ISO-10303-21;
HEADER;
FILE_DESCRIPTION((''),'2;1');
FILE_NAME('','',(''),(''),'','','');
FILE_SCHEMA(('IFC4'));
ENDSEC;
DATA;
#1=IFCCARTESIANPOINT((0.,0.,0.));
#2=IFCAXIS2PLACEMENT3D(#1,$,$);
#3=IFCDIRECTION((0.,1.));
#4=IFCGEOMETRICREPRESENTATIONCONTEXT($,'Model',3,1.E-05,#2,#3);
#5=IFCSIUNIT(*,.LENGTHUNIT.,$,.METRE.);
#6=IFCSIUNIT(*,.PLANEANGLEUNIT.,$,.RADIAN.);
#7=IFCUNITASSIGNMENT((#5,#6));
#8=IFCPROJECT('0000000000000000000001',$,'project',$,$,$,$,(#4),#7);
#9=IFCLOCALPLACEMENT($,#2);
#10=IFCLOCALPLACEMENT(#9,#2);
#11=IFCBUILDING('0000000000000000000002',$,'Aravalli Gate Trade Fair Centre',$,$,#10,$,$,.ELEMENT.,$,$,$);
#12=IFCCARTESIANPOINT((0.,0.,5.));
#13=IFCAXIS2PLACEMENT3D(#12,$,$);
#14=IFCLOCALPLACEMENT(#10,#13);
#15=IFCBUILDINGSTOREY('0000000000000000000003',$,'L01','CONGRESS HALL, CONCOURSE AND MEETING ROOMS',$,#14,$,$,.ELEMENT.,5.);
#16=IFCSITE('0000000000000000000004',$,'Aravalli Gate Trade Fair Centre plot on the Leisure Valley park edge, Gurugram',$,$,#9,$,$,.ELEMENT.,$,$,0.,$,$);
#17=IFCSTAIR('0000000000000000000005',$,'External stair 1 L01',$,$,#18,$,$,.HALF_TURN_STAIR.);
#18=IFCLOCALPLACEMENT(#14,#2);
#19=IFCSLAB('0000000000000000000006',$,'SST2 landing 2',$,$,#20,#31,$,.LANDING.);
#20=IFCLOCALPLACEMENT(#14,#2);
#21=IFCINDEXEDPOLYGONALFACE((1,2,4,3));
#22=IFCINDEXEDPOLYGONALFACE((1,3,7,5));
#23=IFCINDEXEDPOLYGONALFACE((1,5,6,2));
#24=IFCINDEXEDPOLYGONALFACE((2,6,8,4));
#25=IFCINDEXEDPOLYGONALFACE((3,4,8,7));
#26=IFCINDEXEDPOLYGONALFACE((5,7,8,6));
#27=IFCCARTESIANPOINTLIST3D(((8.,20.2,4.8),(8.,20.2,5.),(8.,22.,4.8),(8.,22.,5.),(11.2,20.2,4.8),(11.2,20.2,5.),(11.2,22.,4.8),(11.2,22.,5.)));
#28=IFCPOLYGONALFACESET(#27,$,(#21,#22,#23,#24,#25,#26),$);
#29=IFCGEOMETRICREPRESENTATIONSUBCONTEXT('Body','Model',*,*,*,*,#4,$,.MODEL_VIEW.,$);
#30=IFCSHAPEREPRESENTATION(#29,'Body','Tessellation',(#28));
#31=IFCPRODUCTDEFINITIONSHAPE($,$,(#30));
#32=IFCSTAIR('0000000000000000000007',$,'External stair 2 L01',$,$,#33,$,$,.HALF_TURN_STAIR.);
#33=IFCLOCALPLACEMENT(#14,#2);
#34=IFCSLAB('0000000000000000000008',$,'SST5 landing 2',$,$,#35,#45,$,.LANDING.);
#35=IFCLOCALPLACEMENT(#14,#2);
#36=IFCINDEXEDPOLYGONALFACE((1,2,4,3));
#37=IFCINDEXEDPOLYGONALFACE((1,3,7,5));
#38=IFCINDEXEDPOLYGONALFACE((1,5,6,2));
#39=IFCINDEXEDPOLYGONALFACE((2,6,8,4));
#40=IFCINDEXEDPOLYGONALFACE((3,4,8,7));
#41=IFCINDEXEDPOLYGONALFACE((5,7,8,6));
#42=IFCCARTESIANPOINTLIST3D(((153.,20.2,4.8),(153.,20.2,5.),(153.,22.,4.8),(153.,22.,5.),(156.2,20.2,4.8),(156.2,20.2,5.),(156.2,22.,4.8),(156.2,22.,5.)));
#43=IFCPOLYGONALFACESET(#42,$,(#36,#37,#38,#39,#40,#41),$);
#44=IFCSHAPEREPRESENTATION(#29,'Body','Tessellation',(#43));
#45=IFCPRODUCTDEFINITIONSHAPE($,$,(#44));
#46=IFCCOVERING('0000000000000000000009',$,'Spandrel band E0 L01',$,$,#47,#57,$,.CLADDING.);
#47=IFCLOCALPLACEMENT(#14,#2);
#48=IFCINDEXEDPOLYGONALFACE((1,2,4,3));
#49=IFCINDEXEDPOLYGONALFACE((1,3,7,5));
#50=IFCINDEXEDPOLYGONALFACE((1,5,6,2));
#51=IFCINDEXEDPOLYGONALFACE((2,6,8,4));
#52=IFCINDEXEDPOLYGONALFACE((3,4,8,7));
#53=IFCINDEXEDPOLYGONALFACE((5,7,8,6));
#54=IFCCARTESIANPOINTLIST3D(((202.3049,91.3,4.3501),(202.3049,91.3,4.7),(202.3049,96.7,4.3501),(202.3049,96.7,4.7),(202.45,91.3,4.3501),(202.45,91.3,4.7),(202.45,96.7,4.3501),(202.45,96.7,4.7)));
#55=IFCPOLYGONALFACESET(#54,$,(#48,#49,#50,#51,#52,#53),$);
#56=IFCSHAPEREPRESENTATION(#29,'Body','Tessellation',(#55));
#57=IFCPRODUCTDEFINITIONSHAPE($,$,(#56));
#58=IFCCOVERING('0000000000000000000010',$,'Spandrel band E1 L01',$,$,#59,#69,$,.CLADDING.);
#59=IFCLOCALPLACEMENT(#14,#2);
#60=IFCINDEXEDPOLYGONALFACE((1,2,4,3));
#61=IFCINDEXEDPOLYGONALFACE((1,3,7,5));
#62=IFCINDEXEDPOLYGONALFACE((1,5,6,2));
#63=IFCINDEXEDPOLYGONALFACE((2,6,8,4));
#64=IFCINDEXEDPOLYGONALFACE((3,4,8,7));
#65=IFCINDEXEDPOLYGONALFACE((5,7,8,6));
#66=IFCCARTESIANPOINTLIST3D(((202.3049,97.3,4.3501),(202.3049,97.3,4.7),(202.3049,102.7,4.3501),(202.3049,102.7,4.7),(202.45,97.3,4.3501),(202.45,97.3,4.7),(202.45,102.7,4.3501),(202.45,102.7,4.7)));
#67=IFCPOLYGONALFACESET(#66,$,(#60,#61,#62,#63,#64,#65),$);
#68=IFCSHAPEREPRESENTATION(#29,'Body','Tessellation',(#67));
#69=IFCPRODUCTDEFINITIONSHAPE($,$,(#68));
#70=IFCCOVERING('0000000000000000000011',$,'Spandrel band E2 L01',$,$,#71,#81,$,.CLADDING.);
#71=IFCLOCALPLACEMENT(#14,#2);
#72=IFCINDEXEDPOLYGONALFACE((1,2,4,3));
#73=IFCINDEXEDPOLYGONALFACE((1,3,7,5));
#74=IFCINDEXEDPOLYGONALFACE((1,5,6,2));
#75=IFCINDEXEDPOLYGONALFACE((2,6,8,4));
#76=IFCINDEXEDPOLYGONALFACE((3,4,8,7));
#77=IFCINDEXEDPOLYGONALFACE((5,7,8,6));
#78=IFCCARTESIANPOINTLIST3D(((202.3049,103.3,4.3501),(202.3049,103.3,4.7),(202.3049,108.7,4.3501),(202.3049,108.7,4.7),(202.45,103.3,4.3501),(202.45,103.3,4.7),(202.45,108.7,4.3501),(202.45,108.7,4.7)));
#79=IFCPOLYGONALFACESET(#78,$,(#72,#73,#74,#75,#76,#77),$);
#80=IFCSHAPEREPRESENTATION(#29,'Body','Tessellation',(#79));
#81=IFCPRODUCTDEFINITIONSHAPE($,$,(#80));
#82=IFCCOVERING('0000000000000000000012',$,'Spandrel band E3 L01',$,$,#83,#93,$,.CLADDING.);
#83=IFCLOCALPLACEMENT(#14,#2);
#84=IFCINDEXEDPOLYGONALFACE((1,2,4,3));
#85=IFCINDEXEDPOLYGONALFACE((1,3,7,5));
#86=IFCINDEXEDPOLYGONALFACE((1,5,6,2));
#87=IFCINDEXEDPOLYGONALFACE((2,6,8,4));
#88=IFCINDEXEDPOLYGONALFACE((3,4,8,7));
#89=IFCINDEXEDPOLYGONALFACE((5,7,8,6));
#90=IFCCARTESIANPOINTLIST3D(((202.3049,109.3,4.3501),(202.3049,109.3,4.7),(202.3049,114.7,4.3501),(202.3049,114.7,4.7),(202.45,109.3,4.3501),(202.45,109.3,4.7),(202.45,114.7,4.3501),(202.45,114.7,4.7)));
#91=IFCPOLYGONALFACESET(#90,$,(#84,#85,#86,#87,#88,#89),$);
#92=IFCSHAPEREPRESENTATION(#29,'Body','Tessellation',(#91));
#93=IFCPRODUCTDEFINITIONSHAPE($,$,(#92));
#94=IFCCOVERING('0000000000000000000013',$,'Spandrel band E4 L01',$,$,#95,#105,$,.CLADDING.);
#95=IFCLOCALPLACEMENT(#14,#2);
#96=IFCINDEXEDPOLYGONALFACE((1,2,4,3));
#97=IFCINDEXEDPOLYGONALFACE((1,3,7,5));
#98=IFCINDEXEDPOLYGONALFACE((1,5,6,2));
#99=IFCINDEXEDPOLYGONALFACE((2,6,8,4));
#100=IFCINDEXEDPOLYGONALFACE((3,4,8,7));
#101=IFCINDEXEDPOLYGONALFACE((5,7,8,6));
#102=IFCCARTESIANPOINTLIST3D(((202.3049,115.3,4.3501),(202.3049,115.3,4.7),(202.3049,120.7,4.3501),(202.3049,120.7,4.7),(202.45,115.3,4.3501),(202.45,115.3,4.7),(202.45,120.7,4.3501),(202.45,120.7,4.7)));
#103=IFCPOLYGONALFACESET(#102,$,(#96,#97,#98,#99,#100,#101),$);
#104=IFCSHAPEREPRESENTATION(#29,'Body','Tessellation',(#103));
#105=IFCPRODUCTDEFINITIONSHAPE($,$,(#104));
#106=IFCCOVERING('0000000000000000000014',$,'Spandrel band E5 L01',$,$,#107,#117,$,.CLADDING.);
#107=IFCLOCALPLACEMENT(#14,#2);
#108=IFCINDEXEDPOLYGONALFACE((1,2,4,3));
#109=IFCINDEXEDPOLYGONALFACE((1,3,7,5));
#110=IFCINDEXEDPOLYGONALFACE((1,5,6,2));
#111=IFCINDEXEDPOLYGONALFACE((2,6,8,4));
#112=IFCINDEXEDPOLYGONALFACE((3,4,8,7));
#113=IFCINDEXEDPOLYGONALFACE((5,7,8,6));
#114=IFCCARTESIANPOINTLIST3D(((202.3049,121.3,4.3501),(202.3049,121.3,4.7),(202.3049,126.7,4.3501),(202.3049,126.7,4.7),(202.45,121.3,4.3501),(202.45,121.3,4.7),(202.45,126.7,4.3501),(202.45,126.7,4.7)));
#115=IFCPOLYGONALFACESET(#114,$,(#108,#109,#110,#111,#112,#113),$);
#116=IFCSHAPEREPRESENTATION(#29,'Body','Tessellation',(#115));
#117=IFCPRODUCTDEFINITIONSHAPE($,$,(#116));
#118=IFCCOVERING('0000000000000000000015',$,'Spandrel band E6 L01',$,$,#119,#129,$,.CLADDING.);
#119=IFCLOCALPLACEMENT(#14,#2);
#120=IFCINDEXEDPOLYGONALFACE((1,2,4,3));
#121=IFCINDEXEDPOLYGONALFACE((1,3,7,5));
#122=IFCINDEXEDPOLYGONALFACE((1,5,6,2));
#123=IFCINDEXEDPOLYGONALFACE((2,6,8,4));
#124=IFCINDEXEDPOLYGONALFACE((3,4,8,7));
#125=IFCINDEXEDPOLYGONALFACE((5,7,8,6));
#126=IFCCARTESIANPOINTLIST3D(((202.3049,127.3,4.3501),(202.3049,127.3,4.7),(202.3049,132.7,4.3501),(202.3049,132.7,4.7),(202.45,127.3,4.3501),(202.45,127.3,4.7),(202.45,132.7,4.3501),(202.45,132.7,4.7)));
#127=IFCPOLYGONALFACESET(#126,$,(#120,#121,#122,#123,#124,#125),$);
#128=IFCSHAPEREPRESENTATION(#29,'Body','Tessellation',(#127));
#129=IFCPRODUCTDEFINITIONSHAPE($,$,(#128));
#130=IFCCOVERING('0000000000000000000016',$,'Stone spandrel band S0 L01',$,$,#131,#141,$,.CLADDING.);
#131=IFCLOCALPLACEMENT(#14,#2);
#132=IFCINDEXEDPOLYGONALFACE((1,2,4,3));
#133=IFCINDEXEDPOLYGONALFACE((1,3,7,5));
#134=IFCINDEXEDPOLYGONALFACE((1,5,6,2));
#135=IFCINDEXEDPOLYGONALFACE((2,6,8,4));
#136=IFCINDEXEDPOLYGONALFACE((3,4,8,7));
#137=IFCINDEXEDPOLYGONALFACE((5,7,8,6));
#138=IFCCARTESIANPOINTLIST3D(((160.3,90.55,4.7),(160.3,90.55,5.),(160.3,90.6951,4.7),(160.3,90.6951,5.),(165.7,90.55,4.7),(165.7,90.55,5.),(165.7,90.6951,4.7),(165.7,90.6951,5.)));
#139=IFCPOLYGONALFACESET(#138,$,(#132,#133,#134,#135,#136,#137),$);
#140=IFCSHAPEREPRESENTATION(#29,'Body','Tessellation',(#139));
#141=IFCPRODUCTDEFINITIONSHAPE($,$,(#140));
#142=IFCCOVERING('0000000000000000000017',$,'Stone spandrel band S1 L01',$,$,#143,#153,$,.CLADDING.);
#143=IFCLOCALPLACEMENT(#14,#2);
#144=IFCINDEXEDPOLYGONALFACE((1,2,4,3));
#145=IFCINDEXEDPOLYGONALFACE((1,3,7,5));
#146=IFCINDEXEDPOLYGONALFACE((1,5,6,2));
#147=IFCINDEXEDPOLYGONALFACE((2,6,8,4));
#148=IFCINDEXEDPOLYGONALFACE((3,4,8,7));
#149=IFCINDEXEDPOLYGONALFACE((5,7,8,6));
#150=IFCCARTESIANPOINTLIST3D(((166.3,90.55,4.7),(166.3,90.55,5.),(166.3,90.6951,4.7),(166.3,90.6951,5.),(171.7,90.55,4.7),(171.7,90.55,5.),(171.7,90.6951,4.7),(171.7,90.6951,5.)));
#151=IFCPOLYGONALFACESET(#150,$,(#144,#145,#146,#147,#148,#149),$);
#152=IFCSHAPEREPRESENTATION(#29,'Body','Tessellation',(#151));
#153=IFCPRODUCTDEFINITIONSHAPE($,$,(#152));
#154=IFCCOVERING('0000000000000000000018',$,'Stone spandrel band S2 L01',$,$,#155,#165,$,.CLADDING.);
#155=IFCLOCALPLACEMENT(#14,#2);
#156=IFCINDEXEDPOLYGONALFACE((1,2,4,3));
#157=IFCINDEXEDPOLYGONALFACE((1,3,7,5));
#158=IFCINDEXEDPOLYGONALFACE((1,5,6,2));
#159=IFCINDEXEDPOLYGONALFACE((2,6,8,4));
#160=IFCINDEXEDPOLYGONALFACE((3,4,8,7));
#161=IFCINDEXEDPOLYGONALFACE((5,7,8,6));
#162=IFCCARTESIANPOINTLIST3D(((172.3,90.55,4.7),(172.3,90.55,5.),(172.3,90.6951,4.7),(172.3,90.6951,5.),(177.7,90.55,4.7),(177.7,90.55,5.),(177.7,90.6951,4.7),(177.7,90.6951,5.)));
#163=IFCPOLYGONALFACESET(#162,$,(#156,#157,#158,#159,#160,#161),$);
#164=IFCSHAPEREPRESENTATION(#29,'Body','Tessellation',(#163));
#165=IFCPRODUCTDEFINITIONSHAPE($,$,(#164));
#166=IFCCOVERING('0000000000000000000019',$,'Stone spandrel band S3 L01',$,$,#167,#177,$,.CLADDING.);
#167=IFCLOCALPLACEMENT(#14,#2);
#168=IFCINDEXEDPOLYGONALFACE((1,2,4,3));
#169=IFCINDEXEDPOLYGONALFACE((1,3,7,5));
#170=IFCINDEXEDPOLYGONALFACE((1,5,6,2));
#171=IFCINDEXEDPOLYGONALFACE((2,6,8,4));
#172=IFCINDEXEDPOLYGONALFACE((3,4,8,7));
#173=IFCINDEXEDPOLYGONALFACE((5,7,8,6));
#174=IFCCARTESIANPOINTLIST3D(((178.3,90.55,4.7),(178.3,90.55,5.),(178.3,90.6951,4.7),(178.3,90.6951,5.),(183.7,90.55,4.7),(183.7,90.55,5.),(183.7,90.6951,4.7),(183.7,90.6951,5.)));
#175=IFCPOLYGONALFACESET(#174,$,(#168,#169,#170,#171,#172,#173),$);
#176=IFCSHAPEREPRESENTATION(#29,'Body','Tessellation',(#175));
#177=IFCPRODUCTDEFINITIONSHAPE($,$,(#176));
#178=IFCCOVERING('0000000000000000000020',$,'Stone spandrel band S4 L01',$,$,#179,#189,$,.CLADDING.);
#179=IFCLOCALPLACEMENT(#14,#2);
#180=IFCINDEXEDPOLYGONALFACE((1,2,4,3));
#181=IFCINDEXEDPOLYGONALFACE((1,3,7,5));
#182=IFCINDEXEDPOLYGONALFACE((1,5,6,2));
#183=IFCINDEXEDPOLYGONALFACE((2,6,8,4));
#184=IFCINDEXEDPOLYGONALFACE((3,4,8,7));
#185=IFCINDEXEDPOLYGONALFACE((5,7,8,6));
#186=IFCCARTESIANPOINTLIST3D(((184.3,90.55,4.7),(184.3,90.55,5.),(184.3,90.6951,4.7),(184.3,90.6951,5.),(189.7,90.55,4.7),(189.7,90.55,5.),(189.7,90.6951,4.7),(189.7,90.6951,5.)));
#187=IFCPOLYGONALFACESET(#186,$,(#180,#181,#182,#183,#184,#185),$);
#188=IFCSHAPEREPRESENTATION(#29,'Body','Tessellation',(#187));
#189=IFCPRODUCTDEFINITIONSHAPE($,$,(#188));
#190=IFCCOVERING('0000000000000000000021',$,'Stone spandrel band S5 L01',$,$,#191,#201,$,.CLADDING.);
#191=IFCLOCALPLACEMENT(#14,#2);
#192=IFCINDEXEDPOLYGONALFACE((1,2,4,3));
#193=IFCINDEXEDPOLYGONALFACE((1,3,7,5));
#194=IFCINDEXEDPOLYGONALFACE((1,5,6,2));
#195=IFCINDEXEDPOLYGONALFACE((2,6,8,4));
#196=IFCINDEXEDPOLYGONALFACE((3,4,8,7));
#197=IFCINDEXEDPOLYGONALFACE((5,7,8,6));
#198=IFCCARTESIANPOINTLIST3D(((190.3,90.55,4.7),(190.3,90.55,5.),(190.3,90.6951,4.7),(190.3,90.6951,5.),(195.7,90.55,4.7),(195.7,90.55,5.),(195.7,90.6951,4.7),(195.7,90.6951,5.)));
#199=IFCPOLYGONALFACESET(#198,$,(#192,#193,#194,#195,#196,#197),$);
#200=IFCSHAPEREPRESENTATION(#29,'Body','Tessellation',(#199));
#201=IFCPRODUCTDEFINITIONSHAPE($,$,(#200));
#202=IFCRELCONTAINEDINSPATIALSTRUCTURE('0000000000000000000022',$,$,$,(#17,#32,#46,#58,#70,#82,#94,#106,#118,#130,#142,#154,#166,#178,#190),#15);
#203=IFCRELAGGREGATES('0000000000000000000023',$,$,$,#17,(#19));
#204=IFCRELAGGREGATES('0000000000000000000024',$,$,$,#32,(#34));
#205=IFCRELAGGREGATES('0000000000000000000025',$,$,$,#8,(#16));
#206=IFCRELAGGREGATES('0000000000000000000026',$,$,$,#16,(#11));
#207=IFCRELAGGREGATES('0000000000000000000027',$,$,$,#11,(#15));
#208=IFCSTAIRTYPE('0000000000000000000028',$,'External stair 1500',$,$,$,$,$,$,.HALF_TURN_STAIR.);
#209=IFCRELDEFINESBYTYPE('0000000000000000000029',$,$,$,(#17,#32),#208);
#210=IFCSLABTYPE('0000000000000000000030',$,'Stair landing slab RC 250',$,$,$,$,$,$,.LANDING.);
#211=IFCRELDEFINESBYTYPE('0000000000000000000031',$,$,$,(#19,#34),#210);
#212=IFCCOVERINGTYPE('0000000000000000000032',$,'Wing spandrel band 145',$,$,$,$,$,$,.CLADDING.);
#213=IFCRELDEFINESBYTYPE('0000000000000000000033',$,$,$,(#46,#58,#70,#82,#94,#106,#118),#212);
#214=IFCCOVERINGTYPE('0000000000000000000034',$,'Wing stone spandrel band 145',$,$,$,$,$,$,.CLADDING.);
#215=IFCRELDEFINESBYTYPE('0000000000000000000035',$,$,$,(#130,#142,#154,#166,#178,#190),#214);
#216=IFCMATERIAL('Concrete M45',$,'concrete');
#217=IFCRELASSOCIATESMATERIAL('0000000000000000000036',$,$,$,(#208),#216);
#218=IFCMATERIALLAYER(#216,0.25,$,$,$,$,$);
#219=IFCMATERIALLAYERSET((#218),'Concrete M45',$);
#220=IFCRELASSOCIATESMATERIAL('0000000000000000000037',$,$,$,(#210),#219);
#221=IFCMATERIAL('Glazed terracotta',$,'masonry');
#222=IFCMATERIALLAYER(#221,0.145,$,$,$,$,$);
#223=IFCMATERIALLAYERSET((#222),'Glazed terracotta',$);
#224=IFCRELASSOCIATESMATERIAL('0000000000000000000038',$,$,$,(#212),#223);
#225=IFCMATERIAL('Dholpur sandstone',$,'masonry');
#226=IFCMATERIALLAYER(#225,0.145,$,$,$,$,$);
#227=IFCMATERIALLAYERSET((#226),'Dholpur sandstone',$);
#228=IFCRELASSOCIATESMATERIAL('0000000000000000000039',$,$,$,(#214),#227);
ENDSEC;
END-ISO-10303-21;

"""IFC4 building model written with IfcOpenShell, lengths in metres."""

from ifc_helpers import new_model, si_unit, direction, frame, origin, place, context, subcontext, project, spatial, polyline, outline, extrude, material, layer, layer_set, type_object, element, aggregate, save


model = new_model("IFC4")

# Units and contexts
model_context = context("Model", 3, precision=1e-05, world=origin(), true_north=direction((0.0, 1.0)))
body_context = subcontext(model_context, "Body", "Model", "MODEL_VIEW")
ifc_project = project(units=[si_unit("LENGTHUNIT", "METRE"), si_unit("PLANEANGLEUNIT", "RADIAN")], contexts=[model_context])

# Site, building, storey
site_placement = place(None, origin())
site = spatial("IfcSite", under=ifc_project, at=site_placement, Name="Aravalli Gate Trade Fair Centre plot on the Leisure Valley park edge, Gurugram", CompositionType="ELEMENT", RefElevation=0.0)
building_placement = place(site_placement, origin())
building = spatial("IfcBuilding", under=site, at=building_placement, Name="Aravalli Gate Trade Fair Centre", CompositionType="ELEMENT")
storey_placement = place(building_placement, frame((0.0, 0.0, 5.0)))
storey = spatial("IfcBuildingStorey", under=building, at=storey_placement, Name="L01", Description="CONGRESS HALL, CONCOURSE AND MEETING ROOMS", CompositionType="ELEMENT", Elevation=5.0)

# Stairs, slabs
ifc_material_1 = material(Name="Concrete M45", Category="concrete")
stair_type = type_object("IfcStairType", Name="External stair 1500", PredefinedType="HALF_TURN_STAIR", material=ifc_material_1)
stair_1_placement = place(storey_placement, origin())
stair_1 = element("IfcStair", 1, at=stair_1_placement, inside=storey, type_object=stair_type, Name="External stair 1 L01", PredefinedType="HALF_TURN_STAIR")
ifc_layer_1 = layer(ifc_material_1, 0.25)
ifc_layer_set_1 = layer_set([ifc_layer_1], Name="Concrete M45")
slab_type = type_object("IfcSlabType", Name="Stair landing slab RC 250", PredefinedType="LANDING", material=ifc_layer_set_1)
slab_1_placement = place(storey_placement, frame((0.0, 0.0, 4.8)))
slab_1 = element("IfcSlab", 2, at=slab_1_placement, type_object=slab_type, Name="SST2 landing 2", PredefinedType="LANDING", context=body_context, shape_type="SweptSolid", body=[
    extrude(outline(polyline([(8.0, 20.2), (11.2, 20.2), (11.2, 22.0), (8.0, 22.0), (8.0, 20.2)])), origin(), (0.0, 0.0, 1.0), 0.2),
])
aggregate(stair_1, [slab_1])
stair_2_placement = place(storey_placement, origin())
stair_2 = element("IfcStair", 3, at=stair_2_placement, inside=storey, type_object=stair_type, Name="External stair 2 L01", PredefinedType="HALF_TURN_STAIR")
slab_2_placement = place(storey_placement, frame((0.0, 0.0, 4.8)))
slab_2 = element("IfcSlab", 4, at=slab_2_placement, type_object=slab_type, Name="SST5 landing 2", PredefinedType="LANDING", context=body_context, shape_type="SweptSolid", body=[
    extrude(outline(polyline([(153.0, 20.2), (156.2, 20.2), (156.2, 22.0), (153.0, 22.0), (153.0, 20.2)])), origin(), (0.0, 0.0, 1.0), 0.2),
])
aggregate(stair_2, [slab_2])

# Coverings
ifc_material_2 = material(Name="Glazed terracotta", Category="masonry")
ifc_layer_2 = layer(ifc_material_2, 0.145)
ifc_layer_set_2 = layer_set([ifc_layer_2], Name="Glazed terracotta")
covering_type_1 = type_object("IfcCoveringType", Name="Wing spandrel band 145", PredefinedType="CLADDING", material=ifc_layer_set_2)
covering_1_placement = place(storey_placement, frame((0.0, 0.0, 4.3501)))
element("IfcCovering", 5, at=covering_1_placement, inside=storey, type_object=covering_type_1, Name="Spandrel band E0 L01", PredefinedType="CLADDING", context=body_context, shape_type="SweptSolid", body=[
    extrude(outline(polyline([(202.3049, 91.3), (202.45, 91.3), (202.45, 96.7), (202.3049, 96.7), (202.3049, 91.3)])), origin(), (0.0, 0.0, 1.0), 0.3499),
])
covering_2_placement = place(storey_placement, frame((0.0, 0.0, 4.3501)))
element("IfcCovering", 6, at=covering_2_placement, inside=storey, type_object=covering_type_1, Name="Spandrel band E1 L01", PredefinedType="CLADDING", context=body_context, shape_type="SweptSolid", body=[
    extrude(outline(polyline([(202.3049, 97.3), (202.45, 97.3), (202.45, 102.7), (202.3049, 102.7), (202.3049, 97.3)])), origin(), (0.0, 0.0, 1.0), 0.3499),
])
covering_3_placement = place(storey_placement, frame((0.0, 0.0, 4.3501)))
element("IfcCovering", 7, at=covering_3_placement, inside=storey, type_object=covering_type_1, Name="Spandrel band E2 L01", PredefinedType="CLADDING", context=body_context, shape_type="SweptSolid", body=[
    extrude(outline(polyline([(202.3049, 103.3), (202.45, 103.3), (202.45, 108.7), (202.3049, 108.7), (202.3049, 103.3)])), origin(), (0.0, 0.0, 1.0), 0.3499),
])
covering_4_placement = place(storey_placement, frame((0.0, 0.0, 4.3501)))
element("IfcCovering", 8, at=covering_4_placement, inside=storey, type_object=covering_type_1, Name="Spandrel band E3 L01", PredefinedType="CLADDING", context=body_context, shape_type="SweptSolid", body=[
    extrude(outline(polyline([(202.3049, 109.3), (202.45, 109.3), (202.45, 114.7), (202.3049, 114.7), (202.3049, 109.3)])), origin(), (0.0, 0.0, 1.0), 0.3499),
])
covering_5_placement = place(storey_placement, frame((0.0, 0.0, 4.3501)))
element("IfcCovering", 9, at=covering_5_placement, inside=storey, type_object=covering_type_1, Name="Spandrel band E4 L01", PredefinedType="CLADDING", context=body_context, shape_type="SweptSolid", body=[
    extrude(outline(polyline([(202.3049, 115.3), (202.45, 115.3), (202.45, 120.7), (202.3049, 120.7), (202.3049, 115.3)])), origin(), (0.0, 0.0, 1.0), 0.3499),
])
covering_6_placement = place(storey_placement, frame((0.0, 0.0, 4.3501)))
element("IfcCovering", 10, at=covering_6_placement, inside=storey, type_object=covering_type_1, Name="Spandrel band E5 L01", PredefinedType="CLADDING", context=body_context, shape_type="SweptSolid", body=[
    extrude(outline(polyline([(202.3049, 121.3), (202.45, 121.3), (202.45, 126.7), (202.3049, 126.7), (202.3049, 121.3)])), origin(), (0.0, 0.0, 1.0), 0.3499),
])
covering_7_placement = place(storey_placement, frame((0.0, 0.0, 4.3501)))
element("IfcCovering", 11, at=covering_7_placement, inside=storey, type_object=covering_type_1, Name="Spandrel band E6 L01", PredefinedType="CLADDING", context=body_context, shape_type="SweptSolid", body=[
    extrude(outline(polyline([(202.3049, 127.3), (202.45, 127.3), (202.45, 132.7), (202.3049, 132.7), (202.3049, 127.3)])), origin(), (0.0, 0.0, 1.0), 0.3499),
])
ifc_material_3 = material(Name="Dholpur sandstone", Category="masonry")
ifc_layer_3 = layer(ifc_material_3, 0.145)
ifc_layer_set_3 = layer_set([ifc_layer_3], Name="Dholpur sandstone")
covering_type_2 = type_object("IfcCoveringType", Name="Wing stone spandrel band 145", PredefinedType="CLADDING", material=ifc_layer_set_3)
covering_8_placement = place(storey_placement, frame((0.0, 0.0, 4.7)))
element("IfcCovering", 12, at=covering_8_placement, inside=storey, type_object=covering_type_2, Name="Stone spandrel band S0 L01", PredefinedType="CLADDING", context=body_context, shape_type="SweptSolid", body=[
    extrude(outline(polyline([(160.3, 90.55), (165.7, 90.55), (165.7, 90.6951), (160.3, 90.6951), (160.3, 90.55)])), origin(), (0.0, 0.0, 1.0), 0.3),
])
covering_9_placement = place(storey_placement, frame((0.0, 0.0, 4.7)))
element("IfcCovering", 13, at=covering_9_placement, inside=storey, type_object=covering_type_2, Name="Stone spandrel band S1 L01", PredefinedType="CLADDING", context=body_context, shape_type="SweptSolid", body=[
    extrude(outline(polyline([(166.3, 90.55), (171.7, 90.55), (171.7, 90.6951), (166.3, 90.6951), (166.3, 90.55)])), origin(), (0.0, 0.0, 1.0), 0.3),
])
covering_10_placement = place(storey_placement, frame((0.0, 0.0, 4.7)))
element("IfcCovering", 14, at=covering_10_placement, inside=storey, type_object=covering_type_2, Name="Stone spandrel band S2 L01", PredefinedType="CLADDING", context=body_context, shape_type="SweptSolid", body=[
    extrude(outline(polyline([(172.3, 90.55), (177.7, 90.55), (177.7, 90.6951), (172.3, 90.6951), (172.3, 90.55)])), origin(), (0.0, 0.0, 1.0), 0.3),
])
covering_11_placement = place(storey_placement, frame((0.0, 0.0, 4.7)))
element("IfcCovering", 15, at=covering_11_placement, inside=storey, type_object=covering_type_2, Name="Stone spandrel band S3 L01", PredefinedType="CLADDING", context=body_context, shape_type="SweptSolid", body=[
    extrude(outline(polyline([(178.3, 90.55), (183.7, 90.55), (183.7, 90.6951), (178.3, 90.6951), (178.3, 90.55)])), origin(), (0.0, 0.0, 1.0), 0.3),
])
covering_12_placement = place(storey_placement, frame((0.0, 0.0, 4.7)))
element("IfcCovering", 16, at=covering_12_placement, inside=storey, type_object=covering_type_2, Name="Stone spandrel band S4 L01", PredefinedType="CLADDING", context=body_context, shape_type="SweptSolid", body=[
    extrude(outline(polyline([(184.3, 90.55), (189.7, 90.55), (189.7, 90.6951), (184.3, 90.6951), (184.3, 90.55)])), origin(), (0.0, 0.0, 1.0), 0.3),
])
covering_13_placement = place(storey_placement, frame((0.0, 0.0, 4.7)))
element("IfcCovering", 17, at=covering_13_placement, inside=storey, type_object=covering_type_2, Name="Stone spandrel band S5 L01", PredefinedType="CLADDING", context=body_context, shape_type="SweptSolid", body=[
    extrude(outline(polyline([(190.3, 90.55), (195.7, 90.55), (195.7, 90.6951), (190.3, 90.6951), (190.3, 90.55)])), origin(), (0.0, 0.0, 1.0), 0.3),
])

save(model, "model.ifc")
